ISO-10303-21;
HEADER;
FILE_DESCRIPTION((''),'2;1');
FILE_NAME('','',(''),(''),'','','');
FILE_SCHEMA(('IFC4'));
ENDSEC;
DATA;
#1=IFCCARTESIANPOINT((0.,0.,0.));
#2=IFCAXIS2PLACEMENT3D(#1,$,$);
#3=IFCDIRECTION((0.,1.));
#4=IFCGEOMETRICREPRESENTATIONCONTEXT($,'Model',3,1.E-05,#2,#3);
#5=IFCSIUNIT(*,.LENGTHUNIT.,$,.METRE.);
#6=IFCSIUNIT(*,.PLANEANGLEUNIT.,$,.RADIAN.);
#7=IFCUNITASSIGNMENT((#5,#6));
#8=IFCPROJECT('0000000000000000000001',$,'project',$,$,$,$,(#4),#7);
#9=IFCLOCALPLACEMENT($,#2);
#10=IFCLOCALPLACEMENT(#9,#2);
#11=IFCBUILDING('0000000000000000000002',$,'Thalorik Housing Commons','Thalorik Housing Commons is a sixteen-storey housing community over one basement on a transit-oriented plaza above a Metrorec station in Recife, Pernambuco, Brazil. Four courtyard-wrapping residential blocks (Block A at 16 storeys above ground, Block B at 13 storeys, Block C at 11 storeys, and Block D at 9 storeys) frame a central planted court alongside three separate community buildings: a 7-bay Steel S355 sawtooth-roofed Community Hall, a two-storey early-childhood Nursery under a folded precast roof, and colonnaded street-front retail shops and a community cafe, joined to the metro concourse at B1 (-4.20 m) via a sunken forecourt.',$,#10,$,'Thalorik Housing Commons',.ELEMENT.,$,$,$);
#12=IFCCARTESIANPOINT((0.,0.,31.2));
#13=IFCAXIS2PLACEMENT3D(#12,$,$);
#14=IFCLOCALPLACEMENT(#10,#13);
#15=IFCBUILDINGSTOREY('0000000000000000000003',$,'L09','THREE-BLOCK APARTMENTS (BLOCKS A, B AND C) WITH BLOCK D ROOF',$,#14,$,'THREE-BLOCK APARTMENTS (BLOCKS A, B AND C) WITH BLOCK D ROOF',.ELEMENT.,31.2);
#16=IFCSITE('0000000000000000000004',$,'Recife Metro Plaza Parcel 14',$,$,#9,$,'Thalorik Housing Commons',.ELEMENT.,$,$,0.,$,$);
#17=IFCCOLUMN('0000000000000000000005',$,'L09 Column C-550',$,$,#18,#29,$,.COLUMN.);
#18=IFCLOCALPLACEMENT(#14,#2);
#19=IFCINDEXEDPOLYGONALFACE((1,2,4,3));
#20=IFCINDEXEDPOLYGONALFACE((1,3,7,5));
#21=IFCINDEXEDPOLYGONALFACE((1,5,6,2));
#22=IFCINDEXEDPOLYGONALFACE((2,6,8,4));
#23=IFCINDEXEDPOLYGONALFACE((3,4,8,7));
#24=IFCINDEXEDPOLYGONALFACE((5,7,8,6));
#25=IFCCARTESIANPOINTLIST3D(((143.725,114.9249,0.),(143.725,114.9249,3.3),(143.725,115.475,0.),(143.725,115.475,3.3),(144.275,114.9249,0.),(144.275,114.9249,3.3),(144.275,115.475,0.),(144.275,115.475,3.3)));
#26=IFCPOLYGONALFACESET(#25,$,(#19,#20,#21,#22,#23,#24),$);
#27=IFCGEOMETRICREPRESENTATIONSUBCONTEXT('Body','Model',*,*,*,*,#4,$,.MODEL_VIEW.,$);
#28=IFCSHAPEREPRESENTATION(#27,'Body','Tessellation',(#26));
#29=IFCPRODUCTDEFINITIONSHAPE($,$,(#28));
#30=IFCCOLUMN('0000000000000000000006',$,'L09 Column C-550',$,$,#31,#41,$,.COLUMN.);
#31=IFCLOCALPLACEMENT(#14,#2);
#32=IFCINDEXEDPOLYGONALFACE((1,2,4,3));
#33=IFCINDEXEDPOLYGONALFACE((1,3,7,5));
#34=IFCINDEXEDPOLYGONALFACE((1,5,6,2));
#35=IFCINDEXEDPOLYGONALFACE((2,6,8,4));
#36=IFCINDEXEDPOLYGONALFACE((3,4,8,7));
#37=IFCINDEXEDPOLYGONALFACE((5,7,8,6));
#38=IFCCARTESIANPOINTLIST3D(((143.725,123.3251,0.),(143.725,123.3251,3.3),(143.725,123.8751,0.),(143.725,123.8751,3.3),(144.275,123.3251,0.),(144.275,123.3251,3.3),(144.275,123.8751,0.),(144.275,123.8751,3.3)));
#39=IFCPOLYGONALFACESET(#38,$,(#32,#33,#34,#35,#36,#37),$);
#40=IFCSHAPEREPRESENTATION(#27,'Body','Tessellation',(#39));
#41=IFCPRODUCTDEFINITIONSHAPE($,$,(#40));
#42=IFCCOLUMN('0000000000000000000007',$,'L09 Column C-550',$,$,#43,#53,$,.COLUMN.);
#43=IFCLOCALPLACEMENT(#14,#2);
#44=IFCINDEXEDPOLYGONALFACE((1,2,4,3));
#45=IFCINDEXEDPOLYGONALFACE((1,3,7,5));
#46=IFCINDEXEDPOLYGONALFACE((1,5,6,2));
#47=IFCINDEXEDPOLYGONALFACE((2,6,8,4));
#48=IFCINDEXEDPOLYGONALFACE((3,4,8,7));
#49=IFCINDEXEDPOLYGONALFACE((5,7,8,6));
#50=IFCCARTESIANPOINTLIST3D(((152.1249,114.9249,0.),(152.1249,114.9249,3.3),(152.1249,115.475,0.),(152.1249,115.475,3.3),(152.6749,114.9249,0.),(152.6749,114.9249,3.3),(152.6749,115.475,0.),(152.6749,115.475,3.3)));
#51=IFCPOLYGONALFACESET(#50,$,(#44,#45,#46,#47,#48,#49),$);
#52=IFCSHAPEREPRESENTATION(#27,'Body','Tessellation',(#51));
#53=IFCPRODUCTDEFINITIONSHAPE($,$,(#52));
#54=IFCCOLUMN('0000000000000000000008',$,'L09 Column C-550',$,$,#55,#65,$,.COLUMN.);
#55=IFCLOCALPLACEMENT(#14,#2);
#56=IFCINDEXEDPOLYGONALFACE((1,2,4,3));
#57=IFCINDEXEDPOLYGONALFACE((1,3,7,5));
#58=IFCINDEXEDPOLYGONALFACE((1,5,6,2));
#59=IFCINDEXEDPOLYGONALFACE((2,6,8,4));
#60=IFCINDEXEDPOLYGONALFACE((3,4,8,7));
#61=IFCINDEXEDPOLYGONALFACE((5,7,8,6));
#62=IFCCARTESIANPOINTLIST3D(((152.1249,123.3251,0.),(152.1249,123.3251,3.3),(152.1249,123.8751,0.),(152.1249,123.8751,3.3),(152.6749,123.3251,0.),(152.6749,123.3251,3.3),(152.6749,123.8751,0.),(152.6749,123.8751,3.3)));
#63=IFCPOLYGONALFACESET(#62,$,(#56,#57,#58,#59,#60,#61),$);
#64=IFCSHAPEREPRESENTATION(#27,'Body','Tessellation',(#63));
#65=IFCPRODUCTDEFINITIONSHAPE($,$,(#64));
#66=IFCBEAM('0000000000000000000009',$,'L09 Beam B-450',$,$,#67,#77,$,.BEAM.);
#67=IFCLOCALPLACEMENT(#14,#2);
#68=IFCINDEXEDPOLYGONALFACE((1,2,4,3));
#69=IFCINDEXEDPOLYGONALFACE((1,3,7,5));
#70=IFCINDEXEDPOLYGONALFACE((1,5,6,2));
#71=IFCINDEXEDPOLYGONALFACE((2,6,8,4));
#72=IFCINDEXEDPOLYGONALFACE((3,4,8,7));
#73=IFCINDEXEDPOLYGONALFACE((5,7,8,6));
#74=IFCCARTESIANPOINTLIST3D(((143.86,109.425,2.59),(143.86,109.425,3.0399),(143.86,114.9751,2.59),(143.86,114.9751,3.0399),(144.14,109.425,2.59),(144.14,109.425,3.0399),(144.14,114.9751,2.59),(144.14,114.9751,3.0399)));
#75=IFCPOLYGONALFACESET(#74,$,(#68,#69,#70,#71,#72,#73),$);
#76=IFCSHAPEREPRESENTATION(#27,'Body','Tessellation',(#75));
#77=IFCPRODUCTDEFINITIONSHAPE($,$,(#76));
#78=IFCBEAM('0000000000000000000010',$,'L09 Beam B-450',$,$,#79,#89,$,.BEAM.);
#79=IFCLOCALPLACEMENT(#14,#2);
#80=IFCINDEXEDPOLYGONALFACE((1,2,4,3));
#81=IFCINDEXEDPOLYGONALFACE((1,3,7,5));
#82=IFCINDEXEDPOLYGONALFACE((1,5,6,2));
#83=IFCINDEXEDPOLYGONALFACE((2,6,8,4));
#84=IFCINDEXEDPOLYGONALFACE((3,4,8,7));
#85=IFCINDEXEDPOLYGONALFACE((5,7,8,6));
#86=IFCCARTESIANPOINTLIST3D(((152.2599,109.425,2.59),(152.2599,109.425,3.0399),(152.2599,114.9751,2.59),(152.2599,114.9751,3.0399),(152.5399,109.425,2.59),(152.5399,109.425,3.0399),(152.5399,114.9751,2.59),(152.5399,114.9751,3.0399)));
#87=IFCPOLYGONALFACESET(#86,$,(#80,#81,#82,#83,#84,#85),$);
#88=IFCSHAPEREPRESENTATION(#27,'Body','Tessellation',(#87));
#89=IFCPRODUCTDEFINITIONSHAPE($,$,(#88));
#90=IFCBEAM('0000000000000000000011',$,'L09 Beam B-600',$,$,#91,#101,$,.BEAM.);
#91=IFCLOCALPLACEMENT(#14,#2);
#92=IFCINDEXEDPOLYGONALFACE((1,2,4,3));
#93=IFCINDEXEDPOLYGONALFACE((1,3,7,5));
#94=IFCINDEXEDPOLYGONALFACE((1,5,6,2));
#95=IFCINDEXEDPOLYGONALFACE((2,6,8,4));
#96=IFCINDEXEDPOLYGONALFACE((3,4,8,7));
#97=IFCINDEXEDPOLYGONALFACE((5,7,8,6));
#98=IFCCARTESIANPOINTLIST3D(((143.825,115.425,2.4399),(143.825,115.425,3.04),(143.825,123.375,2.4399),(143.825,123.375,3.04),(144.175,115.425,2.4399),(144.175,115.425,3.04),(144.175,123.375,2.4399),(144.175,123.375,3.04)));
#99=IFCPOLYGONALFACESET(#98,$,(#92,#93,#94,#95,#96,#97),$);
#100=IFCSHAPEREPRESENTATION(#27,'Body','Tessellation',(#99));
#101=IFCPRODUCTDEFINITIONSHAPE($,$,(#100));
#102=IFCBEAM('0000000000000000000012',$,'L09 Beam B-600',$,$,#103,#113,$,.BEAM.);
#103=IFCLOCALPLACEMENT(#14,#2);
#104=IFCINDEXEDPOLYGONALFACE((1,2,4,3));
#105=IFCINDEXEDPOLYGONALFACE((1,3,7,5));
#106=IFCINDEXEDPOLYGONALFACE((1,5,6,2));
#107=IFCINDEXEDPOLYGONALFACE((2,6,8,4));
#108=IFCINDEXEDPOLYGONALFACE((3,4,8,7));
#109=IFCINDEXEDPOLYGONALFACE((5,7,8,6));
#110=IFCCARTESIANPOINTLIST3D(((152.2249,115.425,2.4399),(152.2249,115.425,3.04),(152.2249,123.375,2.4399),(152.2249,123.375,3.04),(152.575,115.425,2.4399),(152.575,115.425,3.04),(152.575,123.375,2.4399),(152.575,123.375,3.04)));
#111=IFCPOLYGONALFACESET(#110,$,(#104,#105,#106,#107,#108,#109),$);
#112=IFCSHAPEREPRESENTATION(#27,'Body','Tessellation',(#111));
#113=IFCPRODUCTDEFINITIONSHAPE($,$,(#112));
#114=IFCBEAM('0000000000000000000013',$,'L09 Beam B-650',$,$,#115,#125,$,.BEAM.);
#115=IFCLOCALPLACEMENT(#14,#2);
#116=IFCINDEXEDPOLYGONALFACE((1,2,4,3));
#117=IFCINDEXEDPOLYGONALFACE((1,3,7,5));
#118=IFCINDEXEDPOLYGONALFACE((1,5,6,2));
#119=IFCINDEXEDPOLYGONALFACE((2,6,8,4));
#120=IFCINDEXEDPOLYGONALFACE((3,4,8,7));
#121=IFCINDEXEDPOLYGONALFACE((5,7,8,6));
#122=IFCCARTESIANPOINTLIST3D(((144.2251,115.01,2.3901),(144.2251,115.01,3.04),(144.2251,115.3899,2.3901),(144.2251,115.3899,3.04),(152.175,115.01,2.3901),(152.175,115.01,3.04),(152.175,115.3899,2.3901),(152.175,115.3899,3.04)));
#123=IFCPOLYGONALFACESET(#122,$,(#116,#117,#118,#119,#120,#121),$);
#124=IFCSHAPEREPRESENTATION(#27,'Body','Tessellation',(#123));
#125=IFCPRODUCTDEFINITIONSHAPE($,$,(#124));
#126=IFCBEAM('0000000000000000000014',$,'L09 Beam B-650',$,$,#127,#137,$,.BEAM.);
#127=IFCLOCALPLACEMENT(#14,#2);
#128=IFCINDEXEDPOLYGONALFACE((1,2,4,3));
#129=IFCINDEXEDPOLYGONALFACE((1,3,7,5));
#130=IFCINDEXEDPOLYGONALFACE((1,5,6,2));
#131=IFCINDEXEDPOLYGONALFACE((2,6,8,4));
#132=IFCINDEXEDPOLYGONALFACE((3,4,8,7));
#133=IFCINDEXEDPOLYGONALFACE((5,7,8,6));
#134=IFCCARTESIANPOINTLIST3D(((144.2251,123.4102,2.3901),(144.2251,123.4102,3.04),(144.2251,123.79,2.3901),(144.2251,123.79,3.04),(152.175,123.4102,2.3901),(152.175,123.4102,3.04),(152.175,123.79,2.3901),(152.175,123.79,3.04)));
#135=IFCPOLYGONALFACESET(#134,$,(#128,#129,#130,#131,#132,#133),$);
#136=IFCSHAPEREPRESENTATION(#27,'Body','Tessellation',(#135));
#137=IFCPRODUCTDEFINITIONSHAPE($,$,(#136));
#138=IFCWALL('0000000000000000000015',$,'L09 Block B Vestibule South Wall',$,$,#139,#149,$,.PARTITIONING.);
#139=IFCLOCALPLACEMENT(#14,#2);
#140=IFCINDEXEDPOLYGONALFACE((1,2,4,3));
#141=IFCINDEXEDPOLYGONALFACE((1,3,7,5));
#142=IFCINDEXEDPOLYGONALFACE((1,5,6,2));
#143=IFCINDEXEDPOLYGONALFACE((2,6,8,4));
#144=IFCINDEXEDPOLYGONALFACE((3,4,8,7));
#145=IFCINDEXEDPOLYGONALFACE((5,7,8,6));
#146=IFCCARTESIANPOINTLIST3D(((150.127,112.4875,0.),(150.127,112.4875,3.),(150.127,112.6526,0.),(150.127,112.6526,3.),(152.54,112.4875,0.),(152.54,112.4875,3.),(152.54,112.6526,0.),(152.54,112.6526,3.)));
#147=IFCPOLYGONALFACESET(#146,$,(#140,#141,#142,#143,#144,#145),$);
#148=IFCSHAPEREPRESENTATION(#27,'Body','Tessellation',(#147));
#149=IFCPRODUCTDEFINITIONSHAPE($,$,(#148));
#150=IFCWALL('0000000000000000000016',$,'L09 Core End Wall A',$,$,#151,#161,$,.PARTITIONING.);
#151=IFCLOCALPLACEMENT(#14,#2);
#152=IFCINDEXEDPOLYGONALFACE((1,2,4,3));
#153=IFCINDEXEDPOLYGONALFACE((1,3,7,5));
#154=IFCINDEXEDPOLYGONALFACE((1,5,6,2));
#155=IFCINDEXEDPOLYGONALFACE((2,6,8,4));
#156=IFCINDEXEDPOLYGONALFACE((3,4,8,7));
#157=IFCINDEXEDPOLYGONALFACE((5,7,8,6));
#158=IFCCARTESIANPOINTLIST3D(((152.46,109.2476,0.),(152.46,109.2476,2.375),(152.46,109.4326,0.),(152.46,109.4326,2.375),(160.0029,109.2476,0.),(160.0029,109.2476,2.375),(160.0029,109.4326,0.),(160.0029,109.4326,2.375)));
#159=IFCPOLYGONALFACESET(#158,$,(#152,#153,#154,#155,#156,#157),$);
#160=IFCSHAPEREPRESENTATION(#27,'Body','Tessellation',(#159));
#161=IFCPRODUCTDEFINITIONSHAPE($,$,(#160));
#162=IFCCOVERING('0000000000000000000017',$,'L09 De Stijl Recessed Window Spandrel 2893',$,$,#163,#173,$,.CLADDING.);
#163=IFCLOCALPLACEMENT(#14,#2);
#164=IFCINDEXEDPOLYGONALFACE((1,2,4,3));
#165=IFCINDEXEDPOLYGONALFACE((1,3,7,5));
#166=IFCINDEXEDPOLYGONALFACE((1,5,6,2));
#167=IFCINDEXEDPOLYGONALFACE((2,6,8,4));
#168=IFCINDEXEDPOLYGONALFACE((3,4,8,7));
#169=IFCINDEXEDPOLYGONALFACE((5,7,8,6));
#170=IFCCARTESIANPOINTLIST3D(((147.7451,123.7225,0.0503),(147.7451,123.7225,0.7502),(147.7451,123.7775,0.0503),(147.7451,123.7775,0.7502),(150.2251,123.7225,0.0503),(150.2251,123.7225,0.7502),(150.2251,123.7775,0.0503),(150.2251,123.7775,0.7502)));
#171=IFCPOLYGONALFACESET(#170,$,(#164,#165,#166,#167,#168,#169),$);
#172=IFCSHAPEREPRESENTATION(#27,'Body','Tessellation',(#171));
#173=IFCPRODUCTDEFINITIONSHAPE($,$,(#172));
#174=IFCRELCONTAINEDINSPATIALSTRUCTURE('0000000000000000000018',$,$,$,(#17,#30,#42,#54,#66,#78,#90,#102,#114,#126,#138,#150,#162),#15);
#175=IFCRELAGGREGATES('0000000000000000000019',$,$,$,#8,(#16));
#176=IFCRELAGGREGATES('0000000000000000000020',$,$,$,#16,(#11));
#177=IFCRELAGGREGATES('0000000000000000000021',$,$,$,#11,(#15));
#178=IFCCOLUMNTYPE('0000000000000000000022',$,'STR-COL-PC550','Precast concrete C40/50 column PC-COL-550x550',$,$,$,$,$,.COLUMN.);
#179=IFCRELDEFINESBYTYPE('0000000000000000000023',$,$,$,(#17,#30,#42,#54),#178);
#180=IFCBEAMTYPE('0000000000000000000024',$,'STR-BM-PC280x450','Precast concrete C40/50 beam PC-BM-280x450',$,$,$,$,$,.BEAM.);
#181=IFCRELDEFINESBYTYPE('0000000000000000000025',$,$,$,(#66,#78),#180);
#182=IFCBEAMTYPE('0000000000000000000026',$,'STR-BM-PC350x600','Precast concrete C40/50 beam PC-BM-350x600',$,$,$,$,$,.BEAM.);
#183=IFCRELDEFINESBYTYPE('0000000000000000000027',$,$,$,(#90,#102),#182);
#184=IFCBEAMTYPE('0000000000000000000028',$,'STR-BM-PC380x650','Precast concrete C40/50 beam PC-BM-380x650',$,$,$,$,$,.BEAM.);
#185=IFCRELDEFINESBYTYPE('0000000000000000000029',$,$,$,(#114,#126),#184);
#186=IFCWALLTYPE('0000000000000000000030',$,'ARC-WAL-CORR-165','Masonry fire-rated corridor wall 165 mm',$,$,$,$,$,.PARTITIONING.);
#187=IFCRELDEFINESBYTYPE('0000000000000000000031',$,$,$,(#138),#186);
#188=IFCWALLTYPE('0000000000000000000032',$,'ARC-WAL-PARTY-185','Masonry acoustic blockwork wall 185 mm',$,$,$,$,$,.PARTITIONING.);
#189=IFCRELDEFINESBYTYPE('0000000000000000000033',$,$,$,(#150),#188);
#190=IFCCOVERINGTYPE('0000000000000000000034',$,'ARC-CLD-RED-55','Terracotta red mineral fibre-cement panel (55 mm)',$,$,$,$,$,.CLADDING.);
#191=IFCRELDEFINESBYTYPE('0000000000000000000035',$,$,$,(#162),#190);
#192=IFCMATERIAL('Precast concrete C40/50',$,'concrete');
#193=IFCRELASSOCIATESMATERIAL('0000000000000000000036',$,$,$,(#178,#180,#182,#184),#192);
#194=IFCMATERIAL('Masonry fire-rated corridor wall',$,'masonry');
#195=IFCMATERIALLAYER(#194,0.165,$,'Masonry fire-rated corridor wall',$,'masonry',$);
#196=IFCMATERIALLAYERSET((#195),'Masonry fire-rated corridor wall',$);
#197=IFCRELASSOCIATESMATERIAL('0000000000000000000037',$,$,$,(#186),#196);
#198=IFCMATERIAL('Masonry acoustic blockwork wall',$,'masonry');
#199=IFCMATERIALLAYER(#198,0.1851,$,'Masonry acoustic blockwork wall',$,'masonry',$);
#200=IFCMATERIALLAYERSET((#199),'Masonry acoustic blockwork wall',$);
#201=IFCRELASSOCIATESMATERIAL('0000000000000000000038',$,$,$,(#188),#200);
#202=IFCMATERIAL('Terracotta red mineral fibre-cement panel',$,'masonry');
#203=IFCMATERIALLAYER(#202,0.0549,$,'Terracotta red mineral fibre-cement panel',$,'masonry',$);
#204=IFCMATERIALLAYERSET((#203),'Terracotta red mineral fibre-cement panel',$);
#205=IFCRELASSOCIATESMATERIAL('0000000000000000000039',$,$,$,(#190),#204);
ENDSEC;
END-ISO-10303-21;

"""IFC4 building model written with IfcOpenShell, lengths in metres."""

from ifc_helpers import new_model, si_unit, direction, frame, frame_2d, origin, origin_2d, place, context, subcontext, project, spatial, rectangle, extrude, material, layer, layer_set, material_profile, profile_set, type_object, element, save


model = new_model("IFC4")

# Units and contexts
model_context = context("Model", 3, precision=1e-05, world=origin(), true_north=direction((0.0, 1.0)))
body_context = subcontext(model_context, "Body", "Model", "MODEL_VIEW")
ifc_project = project(units=[si_unit("LENGTHUNIT", "METRE"), si_unit("PLANEANGLEUNIT", "RADIAN")], contexts=[model_context])

# Site, building, storey
site_placement = place(None, origin())
site = spatial("IfcSite", under=ifc_project, at=site_placement, Name="Recife Metro Plaza Parcel 14", LongName="Thalorik Housing Commons", CompositionType="ELEMENT", RefElevation=0.0)
building_placement = place(site_placement, origin())
building = spatial("IfcBuilding", under=site, at=building_placement, Name="Thalorik Housing Commons", Description="Thalorik Housing Commons is a sixteen-storey housing community over one basement on a transit-oriented plaza above a Metrorec station in Recife, Pernambuco, Brazil. Four courtyard-wrapping residential blocks (Block A at 16 storeys above ground, Block B at 13 storeys, Block C at 11 storeys, and Block D at 9 storeys) frame a central planted court alongside three separate community buildings: a 7-bay Steel S355 sawtooth-roofed Community Hall, a two-storey early-childhood Nursery under a folded precast roof, and colonnaded street-front retail shops and a community cafe, joined to the metro concourse at B1 (-4.20 m) via a sunken forecourt.", LongName="Thalorik Housing Commons", CompositionType="ELEMENT")
storey_placement = place(building_placement, frame((0.0, 0.0, 31.2)))
storey = spatial("IfcBuildingStorey", under=building, at=storey_placement, Name="L09", Description="THREE-BLOCK APARTMENTS (BLOCKS A, B AND C) WITH BLOCK D ROOF", LongName="THREE-BLOCK APARTMENTS (BLOCKS A, B AND C) WITH BLOCK D ROOF", CompositionType="ELEMENT", Elevation=31.2)

# Columns
ifc_material_1 = material(Name="Precast concrete C40/50", Category="concrete")
ifc_material_profile_1 = material_profile(ifc_material_1, rectangle(XDim=0.55, YDim=0.55, at=origin_2d()), Name="PC 550x550", Category="concrete")
ifc_profile_set_1 = profile_set([ifc_material_profile_1], Name="Precast concrete C40/50")
column_type = type_object("IfcColumnType", Name="STR-COL-PC550", Description="Precast concrete C40/50 column PC-COL-550x550", PredefinedType="COLUMN", material=ifc_profile_set_1)
for number, where, z_axis, x_axis, name in (
    (1, (144.0, 115.2, 0.0), (0.0, 0.0, 1.0), (1.0, 0.0, 0.0), "L09 Column C-550"),
    (2, (144.0, 123.6001, 0.0), (0.0, 0.0, 1.0), (1.0, 0.0, 0.0), "L09 Column C-550"),
    (3, (152.3999, 115.2, 0.0), (0.0, 0.0, 1.0), (1.0, 0.0, 0.0), "L09 Column C-550"),
    (4, (152.3999, 123.6001, 0.0), (0.0, 0.0, 1.0), (1.0, 0.0, 0.0), "L09 Column C-550"),
):
    element("IfcColumn", number, at=place(storey_placement, frame(where, z_axis=z_axis, x_axis=x_axis)), inside=storey, type_object=column_type, Name=name, PredefinedType="COLUMN", context=body_context, shape_type="SweptSolid", body=[
        extrude(rectangle(XDim=0.55, YDim=0.55, at=origin_2d()), origin(), (0.0, 0.0, 1.0), 3.3),
    ])

# Beams
ifc_material_profile_2 = material_profile(ifc_material_1, rectangle(XDim=0.28, YDim=0.45, at=origin_2d()), Name="PC 280x450", Category="concrete")
ifc_profile_set_2 = profile_set([ifc_material_profile_2], Name="Precast concrete C40/50")
beam_type_1 = type_object("IfcBeamType", Name="STR-BM-PC280x450", Description="Precast concrete C40/50 beam PC-BM-280x450", PredefinedType="BEAM", material=ifc_profile_set_2)
for number, where, z_axis, x_axis, name in (
    (5, (144.0, 109.425, 2.8149), (0.0, 1.0, 0.0), (-1.0, 0.0, 0.0), "L09 Beam B-450"),
    (6, (152.3999, 109.425, 2.8149), (0.0, 1.0, 0.0), (-1.0, 0.0, 0.0), "L09 Beam B-450"),
):
    element("IfcBeam", number, at=place(storey_placement, frame(where, z_axis=z_axis, x_axis=x_axis)), inside=storey, type_object=beam_type_1, Name=name, PredefinedType="BEAM", context=body_context, shape_type="SweptSolid", body=[
        extrude(rectangle(XDim=0.28, YDim=0.45, at=origin_2d()), origin(), (0.0, 0.0, 1.0), 5.55),
    ])
ifc_material_profile_3 = material_profile(ifc_material_1, rectangle(XDim=0.3501, YDim=0.6001, at=origin_2d()), Name="PC 350x600", Category="concrete")
ifc_profile_set_3 = profile_set([ifc_material_profile_3], Name="Precast concrete C40/50")
beam_type_2 = type_object("IfcBeamType", Name="STR-BM-PC350x600", Description="Precast concrete C40/50 beam PC-BM-350x600", PredefinedType="BEAM", material=ifc_profile_set_3)
for number, where, z_axis, x_axis, name in (
    (7, (144.0, 115.425, 2.74), (0.0, 1.0, 0.0), (-1.0, 0.0, 0.0), "L09 Beam B-600"),
    (8, (152.3999, 115.425, 2.74), (0.0, 1.0, 0.0), (-1.0, 0.0, 0.0), "L09 Beam B-600"),
):
    element("IfcBeam", number, at=place(storey_placement, frame(where, z_axis=z_axis, x_axis=x_axis)), inside=storey, type_object=beam_type_2, Name=name, PredefinedType="BEAM", context=body_context, shape_type="SweptSolid", body=[
        extrude(rectangle(XDim=0.3501, YDim=0.6001, at=origin_2d()), origin(), (0.0, 0.0, 1.0), 7.95),
    ])
ifc_material_profile_4 = material_profile(ifc_material_1, rectangle(XDim=0.3799, YDim=0.6499, at=origin_2d()), Name="PC 380x650", Category="concrete")
ifc_profile_set_4 = profile_set([ifc_material_profile_4], Name="Precast concrete C40/50")
beam_type_3 = type_object("IfcBeamType", Name="STR-BM-PC380x650", Description="Precast concrete C40/50 beam PC-BM-380x650", PredefinedType="BEAM", material=ifc_profile_set_4)
for number, where, z_axis, x_axis, name in (
    (9, (144.2251, 115.2, 2.7151), (1.0, 0.0, 0.0), (0.0, 1.0, 0.0), "L09 Beam B-650"),
    (10, (144.2251, 123.6001, 2.7151), (1.0, 0.0, 0.0), (0.0, 1.0, 0.0), "L09 Beam B-650"),
):
    element("IfcBeam", number, at=place(storey_placement, frame(where, z_axis=z_axis, x_axis=x_axis)), inside=storey, type_object=beam_type_3, Name=name, PredefinedType="BEAM", context=body_context, shape_type="SweptSolid", body=[
        extrude(rectangle(XDim=0.3799, YDim=0.6499, at=origin_2d()), origin(), (0.0, 0.0, 1.0), 7.95),
    ])

# Wall
ifc_material_2 = material(Name="Masonry fire-rated corridor wall", Category="masonry")
ifc_layer_1 = layer(ifc_material_2, 0.165, Name="Masonry fire-rated corridor wall", Category="masonry")
ifc_layer_set_1 = layer_set([ifc_layer_1], Name="Masonry fire-rated corridor wall")
wall_type_1 = type_object("IfcWallType", Name="ARC-WAL-CORR-165", Description="Masonry fire-rated corridor wall 165 mm", PredefinedType="PARTITIONING", material=ifc_layer_set_1)
wall_1_placement = place(storey_placement, frame((150.127, 112.5701, 0.0), z_axis=(0.0, 0.0, 1.0), x_axis=(1.0, 0.0, 0.0)))
element("IfcWall", 11, at=wall_1_placement, inside=storey, type_object=wall_type_1, Name="L09 Block B Vestibule South Wall", PredefinedType="PARTITIONING", context=body_context, shape_type="SweptSolid", body=[
    extrude(rectangle(XDim=2.4131, YDim=0.165, at=frame_2d((1.2065, 0.0))), origin(), (0.0, 0.0, 1.0), 3.0),
])

# Wall
ifc_material_3 = material(Name="Masonry acoustic blockwork wall", Category="masonry")
ifc_layer_2 = layer(ifc_material_3, 0.1851, Name="Masonry acoustic blockwork wall", Category="masonry")
ifc_layer_set_2 = layer_set([ifc_layer_2], Name="Masonry acoustic blockwork wall")
wall_type_2 = type_object("IfcWallType", Name="ARC-WAL-PARTY-185", Description="Masonry acoustic blockwork wall 185 mm", PredefinedType="PARTITIONING", material=ifc_layer_set_2)
wall_2_placement = place(storey_placement, frame((152.46, 109.3401, 0.0), z_axis=(0.0, 0.0, 1.0), x_axis=(1.0, 0.0, 0.0)))
element("IfcWall", 12, at=wall_2_placement, inside=storey, type_object=wall_type_2, Name="L09 Core End Wall A", PredefinedType="PARTITIONING", context=body_context, shape_type="SweptSolid", body=[
    extrude(rectangle(XDim=7.543, YDim=0.1851, at=frame_2d((3.7715, 0.0))), origin(), (0.0, 0.0, 1.0), 2.375),
])

# Covering
ifc_material_4 = material(Name="Terracotta red mineral fibre-cement panel", Category="masonry")
ifc_layer_3 = layer(ifc_material_4, 0.0549, Name="Terracotta red mineral fibre-cement panel", Category="masonry")
ifc_layer_set_3 = layer_set([ifc_layer_3], Name="Terracotta red mineral fibre-cement panel")
covering_type_1 = type_object("IfcCoveringType", Name="ARC-CLD-RED-55", Description="Terracotta red mineral fibre-cement panel (55 mm)", PredefinedType="CLADDING", material=ifc_layer_set_3)
covering_1_placement = place(storey_placement, frame((148.9851, 123.75, 0.0503), z_axis=(0.0, 0.0, 1.0), x_axis=(-1.0, 0.0, 0.0)))
element("IfcCovering", 13, at=covering_1_placement, inside=storey, type_object=covering_type_1, Name="L09 De Stijl Recessed Window Spandrel 2893", PredefinedType="CLADDING", context=body_context, shape_type="SweptSolid", body=[
    extrude(rectangle(XDim=2.48, YDim=0.0549, at=origin_2d()), origin(), (0.0, 0.0, 1.0), 0.7),
])

save(model, "model.ifc")
